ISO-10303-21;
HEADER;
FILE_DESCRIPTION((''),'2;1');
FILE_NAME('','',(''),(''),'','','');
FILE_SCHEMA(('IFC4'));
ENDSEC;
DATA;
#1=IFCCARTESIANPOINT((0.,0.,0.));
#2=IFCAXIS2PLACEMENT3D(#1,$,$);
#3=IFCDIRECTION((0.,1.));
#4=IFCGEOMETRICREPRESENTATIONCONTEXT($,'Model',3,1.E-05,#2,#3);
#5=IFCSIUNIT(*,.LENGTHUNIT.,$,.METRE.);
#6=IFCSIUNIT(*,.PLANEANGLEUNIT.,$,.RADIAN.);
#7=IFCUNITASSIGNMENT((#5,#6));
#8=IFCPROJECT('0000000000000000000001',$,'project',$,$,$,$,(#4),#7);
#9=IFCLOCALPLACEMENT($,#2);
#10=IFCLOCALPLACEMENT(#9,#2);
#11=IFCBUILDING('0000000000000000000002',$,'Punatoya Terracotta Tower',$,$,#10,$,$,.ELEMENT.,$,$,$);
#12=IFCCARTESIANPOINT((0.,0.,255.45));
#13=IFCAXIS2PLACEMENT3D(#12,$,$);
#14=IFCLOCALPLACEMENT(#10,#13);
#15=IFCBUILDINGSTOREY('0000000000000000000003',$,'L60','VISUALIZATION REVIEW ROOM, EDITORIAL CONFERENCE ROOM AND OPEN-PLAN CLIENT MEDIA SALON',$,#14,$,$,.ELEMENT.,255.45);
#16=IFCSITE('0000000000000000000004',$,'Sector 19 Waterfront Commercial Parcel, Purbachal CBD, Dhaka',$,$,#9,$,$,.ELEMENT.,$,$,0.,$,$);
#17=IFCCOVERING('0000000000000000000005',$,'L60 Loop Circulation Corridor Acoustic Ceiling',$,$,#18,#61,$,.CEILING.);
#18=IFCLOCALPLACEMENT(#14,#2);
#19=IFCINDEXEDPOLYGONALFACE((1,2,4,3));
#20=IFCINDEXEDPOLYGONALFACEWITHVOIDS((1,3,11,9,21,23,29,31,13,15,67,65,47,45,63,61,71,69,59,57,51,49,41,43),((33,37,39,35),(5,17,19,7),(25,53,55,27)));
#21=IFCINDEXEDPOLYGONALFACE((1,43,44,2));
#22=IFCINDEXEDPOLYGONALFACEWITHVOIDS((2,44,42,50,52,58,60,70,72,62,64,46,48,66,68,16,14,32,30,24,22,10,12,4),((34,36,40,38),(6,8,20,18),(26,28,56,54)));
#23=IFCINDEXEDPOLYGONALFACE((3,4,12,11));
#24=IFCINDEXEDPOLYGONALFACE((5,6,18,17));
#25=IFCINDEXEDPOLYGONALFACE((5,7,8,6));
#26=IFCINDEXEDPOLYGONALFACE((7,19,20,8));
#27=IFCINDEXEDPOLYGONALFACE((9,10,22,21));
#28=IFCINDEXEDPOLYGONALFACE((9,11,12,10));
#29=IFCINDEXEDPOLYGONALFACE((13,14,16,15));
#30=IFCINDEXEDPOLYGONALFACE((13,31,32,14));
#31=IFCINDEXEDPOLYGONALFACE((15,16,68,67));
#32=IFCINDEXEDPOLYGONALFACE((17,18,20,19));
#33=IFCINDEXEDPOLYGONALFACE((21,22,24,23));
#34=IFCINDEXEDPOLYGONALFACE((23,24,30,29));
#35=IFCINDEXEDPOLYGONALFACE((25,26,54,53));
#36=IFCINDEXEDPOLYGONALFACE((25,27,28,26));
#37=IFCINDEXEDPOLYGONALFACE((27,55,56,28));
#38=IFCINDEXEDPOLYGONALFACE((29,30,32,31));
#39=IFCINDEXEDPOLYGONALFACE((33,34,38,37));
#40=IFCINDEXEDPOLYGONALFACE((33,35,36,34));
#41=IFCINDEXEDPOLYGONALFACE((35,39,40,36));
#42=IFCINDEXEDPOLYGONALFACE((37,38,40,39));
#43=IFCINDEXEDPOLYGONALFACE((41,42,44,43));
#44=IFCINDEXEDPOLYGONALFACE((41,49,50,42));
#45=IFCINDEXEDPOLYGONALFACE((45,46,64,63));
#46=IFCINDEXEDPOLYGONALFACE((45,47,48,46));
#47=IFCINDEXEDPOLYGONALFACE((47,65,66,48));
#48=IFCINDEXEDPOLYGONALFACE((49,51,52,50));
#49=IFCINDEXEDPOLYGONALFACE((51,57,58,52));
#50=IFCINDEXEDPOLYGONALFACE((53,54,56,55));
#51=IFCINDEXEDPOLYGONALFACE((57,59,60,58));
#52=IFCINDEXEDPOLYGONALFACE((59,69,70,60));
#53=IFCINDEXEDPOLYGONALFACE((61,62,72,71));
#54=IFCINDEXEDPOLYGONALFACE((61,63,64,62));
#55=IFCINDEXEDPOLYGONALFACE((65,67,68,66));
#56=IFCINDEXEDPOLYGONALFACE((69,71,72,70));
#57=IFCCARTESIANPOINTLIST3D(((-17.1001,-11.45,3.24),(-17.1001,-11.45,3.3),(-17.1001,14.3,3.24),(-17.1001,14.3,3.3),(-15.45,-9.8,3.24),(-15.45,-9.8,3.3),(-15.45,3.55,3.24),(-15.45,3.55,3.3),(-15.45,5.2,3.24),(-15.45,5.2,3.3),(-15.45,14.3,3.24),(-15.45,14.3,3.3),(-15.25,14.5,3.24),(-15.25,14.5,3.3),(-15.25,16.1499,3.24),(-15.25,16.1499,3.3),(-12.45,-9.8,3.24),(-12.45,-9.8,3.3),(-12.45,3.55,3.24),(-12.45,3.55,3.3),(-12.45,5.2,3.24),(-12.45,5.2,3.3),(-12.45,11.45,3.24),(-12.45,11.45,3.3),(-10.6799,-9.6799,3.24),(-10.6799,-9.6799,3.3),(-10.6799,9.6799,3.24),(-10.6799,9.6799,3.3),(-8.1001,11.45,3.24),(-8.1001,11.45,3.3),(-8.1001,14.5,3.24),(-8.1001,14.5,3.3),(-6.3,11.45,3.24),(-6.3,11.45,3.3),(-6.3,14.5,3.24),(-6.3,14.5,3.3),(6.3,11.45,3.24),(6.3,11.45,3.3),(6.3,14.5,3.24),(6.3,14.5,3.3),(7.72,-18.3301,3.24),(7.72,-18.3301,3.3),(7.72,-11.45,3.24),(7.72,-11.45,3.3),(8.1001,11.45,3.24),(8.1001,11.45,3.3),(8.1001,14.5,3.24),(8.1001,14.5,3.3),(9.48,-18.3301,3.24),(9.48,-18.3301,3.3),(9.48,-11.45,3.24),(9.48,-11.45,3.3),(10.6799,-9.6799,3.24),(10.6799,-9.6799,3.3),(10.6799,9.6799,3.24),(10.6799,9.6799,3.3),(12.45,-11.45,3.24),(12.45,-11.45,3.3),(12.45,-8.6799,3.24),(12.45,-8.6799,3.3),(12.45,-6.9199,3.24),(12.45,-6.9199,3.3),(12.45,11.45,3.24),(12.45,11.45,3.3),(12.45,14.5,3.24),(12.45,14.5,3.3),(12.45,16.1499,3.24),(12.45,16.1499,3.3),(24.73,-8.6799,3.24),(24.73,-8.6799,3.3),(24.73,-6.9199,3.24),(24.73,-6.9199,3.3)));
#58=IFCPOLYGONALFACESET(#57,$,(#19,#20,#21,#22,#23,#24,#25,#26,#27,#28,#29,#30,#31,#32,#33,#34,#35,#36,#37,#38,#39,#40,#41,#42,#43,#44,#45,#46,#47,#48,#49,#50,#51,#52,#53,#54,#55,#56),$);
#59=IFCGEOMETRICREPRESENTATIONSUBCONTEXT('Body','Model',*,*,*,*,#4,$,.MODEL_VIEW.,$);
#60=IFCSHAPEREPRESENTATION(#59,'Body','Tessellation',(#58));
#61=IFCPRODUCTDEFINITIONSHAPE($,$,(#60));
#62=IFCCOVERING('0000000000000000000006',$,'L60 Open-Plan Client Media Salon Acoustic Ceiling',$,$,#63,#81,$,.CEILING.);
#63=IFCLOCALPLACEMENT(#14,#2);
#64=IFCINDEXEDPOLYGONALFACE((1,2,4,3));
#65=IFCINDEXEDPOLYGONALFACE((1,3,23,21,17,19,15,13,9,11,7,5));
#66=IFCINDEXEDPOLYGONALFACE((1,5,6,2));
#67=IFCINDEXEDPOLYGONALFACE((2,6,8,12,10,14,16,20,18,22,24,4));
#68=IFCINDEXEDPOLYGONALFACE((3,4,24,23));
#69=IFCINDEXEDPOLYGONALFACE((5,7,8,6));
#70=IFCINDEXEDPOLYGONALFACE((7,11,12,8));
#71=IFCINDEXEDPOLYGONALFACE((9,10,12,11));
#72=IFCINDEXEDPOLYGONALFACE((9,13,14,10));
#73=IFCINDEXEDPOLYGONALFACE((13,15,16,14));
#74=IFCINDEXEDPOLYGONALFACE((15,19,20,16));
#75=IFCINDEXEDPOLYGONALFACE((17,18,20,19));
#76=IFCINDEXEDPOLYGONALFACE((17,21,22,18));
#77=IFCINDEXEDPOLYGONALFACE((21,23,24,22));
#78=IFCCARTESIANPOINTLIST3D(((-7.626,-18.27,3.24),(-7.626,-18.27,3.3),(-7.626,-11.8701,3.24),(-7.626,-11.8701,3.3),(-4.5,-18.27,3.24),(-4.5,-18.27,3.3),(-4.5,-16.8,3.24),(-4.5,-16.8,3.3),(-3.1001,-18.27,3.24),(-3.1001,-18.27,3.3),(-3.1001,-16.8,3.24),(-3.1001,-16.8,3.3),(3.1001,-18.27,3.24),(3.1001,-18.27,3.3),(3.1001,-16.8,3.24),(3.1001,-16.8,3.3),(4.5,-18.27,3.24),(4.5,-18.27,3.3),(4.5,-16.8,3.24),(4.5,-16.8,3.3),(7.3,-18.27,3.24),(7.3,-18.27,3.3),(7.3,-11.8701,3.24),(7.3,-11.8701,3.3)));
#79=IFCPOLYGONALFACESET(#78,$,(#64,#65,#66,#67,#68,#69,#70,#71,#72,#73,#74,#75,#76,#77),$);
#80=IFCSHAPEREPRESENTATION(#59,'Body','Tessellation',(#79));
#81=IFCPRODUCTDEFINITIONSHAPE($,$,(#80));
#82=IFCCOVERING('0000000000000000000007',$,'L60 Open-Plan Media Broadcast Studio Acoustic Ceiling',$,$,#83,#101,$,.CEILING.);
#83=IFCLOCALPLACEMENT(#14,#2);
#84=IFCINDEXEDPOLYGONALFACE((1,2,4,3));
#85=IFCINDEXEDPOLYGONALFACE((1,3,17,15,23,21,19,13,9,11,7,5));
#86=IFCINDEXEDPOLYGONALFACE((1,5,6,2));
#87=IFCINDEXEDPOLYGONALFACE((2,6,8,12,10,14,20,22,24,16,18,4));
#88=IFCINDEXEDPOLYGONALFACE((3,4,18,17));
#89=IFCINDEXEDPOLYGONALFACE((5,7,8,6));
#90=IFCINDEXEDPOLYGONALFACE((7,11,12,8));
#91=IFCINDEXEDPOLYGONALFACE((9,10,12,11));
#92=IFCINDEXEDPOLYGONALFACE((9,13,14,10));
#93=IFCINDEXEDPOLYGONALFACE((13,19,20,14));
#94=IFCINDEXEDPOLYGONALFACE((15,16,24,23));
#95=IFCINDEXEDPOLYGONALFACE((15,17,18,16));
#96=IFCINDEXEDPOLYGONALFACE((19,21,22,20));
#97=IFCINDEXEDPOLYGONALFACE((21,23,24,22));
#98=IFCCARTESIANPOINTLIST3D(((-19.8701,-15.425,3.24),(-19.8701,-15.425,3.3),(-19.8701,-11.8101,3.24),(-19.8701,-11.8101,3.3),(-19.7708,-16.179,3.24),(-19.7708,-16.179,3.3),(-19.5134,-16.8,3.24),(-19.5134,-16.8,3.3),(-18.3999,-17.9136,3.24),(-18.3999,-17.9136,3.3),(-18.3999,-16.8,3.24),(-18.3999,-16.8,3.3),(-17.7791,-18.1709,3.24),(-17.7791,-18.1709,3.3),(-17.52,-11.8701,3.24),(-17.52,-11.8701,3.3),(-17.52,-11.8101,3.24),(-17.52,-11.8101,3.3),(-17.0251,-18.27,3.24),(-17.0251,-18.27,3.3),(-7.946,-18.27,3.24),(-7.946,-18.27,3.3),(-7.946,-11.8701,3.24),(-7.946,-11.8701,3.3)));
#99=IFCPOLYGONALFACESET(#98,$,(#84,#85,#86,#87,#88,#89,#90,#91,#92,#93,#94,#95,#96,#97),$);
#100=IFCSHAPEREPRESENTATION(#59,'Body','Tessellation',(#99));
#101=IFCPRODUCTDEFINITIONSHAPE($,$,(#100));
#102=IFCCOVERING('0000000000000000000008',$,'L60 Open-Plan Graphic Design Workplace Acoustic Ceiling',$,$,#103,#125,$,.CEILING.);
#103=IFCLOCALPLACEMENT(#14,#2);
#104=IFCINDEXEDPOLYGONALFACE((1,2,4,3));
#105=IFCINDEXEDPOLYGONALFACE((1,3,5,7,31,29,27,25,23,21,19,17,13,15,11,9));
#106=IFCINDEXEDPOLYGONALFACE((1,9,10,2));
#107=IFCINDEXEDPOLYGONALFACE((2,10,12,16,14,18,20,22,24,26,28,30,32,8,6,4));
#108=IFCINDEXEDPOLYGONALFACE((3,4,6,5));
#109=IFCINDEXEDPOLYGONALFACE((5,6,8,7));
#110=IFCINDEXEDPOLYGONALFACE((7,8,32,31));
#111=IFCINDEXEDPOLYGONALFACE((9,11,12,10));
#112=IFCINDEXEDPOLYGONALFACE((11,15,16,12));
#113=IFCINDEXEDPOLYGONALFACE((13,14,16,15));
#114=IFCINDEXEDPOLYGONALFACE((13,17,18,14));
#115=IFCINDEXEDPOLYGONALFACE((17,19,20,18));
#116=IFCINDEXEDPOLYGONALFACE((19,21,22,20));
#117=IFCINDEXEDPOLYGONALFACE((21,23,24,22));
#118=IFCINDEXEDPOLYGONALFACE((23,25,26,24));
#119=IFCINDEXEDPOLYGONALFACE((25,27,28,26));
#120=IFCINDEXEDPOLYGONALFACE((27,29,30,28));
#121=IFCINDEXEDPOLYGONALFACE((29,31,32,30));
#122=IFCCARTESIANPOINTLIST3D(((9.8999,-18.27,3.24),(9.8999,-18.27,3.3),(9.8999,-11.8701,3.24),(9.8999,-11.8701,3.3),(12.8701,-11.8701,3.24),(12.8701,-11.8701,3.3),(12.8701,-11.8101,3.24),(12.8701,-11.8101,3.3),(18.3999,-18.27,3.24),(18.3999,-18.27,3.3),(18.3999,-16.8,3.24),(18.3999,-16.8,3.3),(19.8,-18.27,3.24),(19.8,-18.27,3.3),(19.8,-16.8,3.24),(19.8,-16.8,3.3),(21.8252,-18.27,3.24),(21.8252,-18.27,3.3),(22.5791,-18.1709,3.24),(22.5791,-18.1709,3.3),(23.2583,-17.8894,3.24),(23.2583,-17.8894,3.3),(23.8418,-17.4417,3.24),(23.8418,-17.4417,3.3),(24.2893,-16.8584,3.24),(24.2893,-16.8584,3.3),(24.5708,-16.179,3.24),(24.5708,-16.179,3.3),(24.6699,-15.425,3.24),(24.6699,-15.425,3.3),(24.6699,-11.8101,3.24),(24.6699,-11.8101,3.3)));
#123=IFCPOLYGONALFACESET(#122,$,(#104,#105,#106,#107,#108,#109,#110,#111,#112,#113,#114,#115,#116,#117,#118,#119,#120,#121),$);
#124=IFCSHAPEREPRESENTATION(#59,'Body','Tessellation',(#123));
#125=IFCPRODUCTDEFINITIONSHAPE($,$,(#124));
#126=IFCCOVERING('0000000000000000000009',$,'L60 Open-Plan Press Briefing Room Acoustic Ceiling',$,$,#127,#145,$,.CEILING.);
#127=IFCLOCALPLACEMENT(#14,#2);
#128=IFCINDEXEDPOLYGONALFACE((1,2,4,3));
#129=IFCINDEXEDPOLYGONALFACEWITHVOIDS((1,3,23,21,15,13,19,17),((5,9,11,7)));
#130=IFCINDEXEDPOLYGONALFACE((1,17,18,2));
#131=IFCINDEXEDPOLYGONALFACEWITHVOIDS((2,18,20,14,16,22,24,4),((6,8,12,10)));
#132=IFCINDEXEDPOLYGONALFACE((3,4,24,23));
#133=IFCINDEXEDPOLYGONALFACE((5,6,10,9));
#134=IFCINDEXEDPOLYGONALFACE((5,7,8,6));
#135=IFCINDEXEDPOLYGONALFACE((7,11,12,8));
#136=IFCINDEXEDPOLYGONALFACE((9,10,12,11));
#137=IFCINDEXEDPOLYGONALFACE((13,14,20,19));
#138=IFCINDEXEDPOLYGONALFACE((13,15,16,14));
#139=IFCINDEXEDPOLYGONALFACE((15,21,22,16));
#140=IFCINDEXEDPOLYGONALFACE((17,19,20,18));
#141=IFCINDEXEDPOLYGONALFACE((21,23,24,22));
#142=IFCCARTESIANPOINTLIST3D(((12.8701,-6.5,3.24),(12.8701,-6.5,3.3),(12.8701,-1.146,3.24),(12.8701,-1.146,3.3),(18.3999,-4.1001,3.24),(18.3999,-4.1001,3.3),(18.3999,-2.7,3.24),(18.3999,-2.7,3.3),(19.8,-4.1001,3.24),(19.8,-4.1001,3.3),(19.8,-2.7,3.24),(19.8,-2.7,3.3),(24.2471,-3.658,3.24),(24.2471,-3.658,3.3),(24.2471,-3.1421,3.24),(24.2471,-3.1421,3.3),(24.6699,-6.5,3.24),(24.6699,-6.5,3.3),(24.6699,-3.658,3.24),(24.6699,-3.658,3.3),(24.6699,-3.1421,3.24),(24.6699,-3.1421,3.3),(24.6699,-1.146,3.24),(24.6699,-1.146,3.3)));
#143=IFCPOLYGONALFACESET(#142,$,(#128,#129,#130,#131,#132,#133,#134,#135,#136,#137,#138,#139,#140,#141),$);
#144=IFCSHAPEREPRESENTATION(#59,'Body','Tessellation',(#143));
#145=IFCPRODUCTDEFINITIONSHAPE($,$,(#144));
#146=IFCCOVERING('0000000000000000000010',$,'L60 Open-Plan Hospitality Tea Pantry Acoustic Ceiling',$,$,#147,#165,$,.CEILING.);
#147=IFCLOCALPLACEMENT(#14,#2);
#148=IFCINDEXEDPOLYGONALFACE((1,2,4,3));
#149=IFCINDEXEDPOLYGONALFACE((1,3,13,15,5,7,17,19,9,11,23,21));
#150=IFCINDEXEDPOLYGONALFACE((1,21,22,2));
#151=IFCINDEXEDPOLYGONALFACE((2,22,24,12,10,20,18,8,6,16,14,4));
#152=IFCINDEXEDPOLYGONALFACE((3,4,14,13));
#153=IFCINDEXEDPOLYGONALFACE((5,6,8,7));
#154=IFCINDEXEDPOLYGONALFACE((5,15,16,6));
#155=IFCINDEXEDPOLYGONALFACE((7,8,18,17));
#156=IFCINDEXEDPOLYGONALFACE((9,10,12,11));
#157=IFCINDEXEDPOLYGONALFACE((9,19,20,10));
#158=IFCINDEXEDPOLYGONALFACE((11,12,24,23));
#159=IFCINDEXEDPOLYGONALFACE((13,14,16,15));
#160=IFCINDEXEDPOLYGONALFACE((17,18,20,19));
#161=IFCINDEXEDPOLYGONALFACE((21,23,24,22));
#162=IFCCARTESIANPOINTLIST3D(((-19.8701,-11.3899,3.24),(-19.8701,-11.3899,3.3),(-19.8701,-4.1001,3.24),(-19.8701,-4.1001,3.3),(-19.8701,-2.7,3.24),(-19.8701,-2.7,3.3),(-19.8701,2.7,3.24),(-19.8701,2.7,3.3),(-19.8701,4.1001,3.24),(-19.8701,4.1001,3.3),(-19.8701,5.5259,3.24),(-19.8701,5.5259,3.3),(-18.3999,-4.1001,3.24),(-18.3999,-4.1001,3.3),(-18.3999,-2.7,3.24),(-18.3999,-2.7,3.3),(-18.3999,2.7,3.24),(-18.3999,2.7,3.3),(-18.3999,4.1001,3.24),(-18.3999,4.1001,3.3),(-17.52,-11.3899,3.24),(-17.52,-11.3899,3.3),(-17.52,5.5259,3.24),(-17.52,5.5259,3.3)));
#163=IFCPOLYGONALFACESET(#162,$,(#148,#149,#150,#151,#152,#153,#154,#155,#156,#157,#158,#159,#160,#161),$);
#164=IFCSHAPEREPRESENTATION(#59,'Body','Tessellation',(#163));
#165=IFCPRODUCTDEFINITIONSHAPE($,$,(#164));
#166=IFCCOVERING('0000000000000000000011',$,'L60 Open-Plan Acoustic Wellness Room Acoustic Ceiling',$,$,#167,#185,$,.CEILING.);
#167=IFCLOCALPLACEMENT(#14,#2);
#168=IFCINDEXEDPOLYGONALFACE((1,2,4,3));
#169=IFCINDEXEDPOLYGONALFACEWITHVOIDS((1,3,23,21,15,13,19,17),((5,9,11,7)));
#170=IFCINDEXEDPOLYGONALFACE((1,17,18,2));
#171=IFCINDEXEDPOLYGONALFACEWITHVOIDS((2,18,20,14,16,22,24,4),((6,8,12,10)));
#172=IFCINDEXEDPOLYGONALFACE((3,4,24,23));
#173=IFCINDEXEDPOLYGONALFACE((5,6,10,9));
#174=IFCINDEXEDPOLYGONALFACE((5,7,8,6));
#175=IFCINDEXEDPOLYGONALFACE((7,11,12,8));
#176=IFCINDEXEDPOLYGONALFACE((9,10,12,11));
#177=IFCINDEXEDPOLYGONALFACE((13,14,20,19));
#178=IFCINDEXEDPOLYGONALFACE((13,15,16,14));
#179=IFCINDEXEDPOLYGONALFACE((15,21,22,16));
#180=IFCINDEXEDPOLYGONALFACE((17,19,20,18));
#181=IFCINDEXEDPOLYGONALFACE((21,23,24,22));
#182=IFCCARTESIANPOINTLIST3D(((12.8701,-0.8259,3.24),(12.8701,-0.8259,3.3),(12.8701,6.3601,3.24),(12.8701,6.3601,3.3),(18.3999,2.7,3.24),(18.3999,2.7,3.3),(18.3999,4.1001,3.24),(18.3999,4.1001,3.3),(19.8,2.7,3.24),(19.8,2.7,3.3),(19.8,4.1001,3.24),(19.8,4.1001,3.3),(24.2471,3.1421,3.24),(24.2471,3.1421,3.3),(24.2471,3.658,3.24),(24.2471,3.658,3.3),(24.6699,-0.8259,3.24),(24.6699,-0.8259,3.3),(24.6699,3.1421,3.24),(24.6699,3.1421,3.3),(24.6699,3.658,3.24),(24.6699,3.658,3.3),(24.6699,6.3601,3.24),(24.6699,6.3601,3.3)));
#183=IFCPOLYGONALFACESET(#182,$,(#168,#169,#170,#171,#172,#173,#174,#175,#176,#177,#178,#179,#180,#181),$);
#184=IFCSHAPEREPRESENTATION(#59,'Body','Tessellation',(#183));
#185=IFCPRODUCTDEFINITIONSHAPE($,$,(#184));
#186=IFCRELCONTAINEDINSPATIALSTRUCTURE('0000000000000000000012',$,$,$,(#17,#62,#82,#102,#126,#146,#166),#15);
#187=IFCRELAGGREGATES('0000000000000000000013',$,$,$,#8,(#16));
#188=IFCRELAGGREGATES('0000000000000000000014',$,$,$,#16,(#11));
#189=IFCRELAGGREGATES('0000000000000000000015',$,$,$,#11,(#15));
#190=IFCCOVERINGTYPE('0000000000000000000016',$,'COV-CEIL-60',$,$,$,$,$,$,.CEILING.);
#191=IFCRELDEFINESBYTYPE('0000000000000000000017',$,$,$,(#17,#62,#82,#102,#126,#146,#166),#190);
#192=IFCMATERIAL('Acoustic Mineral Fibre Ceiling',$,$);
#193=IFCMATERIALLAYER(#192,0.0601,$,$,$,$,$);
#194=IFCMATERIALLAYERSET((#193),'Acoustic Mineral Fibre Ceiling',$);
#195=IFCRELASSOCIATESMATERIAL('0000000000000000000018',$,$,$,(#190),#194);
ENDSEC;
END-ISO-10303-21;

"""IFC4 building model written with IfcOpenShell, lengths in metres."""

from ifc_helpers import new_model, si_unit, direction, frame, origin, place, context, subcontext, project, spatial, polyline, outline, extrude, material, layer, layer_set, type_object, element, save


model = new_model("IFC4")

# Units and contexts
model_context = context("Model", 3, precision=1e-05, world=origin(), true_north=direction((0.0, 1.0)))
body_context = subcontext(model_context, "Body", "Model", "MODEL_VIEW")
ifc_project = project(units=[si_unit("LENGTHUNIT", "METRE"), si_unit("PLANEANGLEUNIT", "RADIAN")], contexts=[model_context])

# Site, building, storey
site_placement = place(None, origin())
site = spatial("IfcSite", under=ifc_project, at=site_placement, Name="Sector 19 Waterfront Commercial Parcel, Purbachal CBD, Dhaka", CompositionType="ELEMENT", RefElevation=0.0)
building_placement = place(site_placement, origin())
building = spatial("IfcBuilding", under=site, at=building_placement, Name="Punatoya Terracotta Tower", CompositionType="ELEMENT")
storey_placement = place(building_placement, frame((0.0, 0.0, 255.45)))
storey = spatial("IfcBuildingStorey", under=building, at=storey_placement, Name="L60", Description="VISUALIZATION REVIEW ROOM, EDITORIAL CONFERENCE ROOM AND OPEN-PLAN CLIENT MEDIA SALON", CompositionType="ELEMENT", Elevation=255.45)

# Coverings
ifc_material_1 = material(Name="Acoustic Mineral Fibre Ceiling")
ifc_layer_1 = layer(ifc_material_1, 0.0601)
ifc_layer_set_1 = layer_set([ifc_layer_1], Name="Acoustic Mineral Fibre Ceiling")
covering_type = type_object("IfcCoveringType", Name="COV-CEIL-60", PredefinedType="CEILING", material=ifc_layer_set_1)
covering_1_placement = place(storey_placement, frame((0.0, 0.0, 3.24)))
element("IfcCovering", 1, at=covering_1_placement, inside=storey, type_object=covering_type, Name="L60 Loop Circulation Corridor Acoustic Ceiling", PredefinedType="CEILING", context=body_context, shape_type="SweptSolid", body=[
    extrude(outline(polyline([(9.48, -11.45), (12.45, -11.45), (12.45, -8.6799), (24.73, -8.6799), (24.73, -6.9199), (12.45, -6.9199), (12.45, 11.45), (8.1001, 11.45), (8.1001, 14.5), (12.45, 14.5), (12.45, 16.1499), (-15.25, 16.1499), (-15.25, 14.5), (-8.1001, 14.5), (-8.1001, 11.45), (-12.45, 11.45), (-12.45, 5.2), (-15.45, 5.2), (-15.45, 14.3), (-17.1001, 14.3), (-17.1001, -11.45), (7.72, -11.45), (7.72, -18.3301), (9.48, -18.3301), (9.48, -11.45)]), holes=[polyline([(10.6799, 9.6799), (10.6799, -9.6799), (-10.6799, -9.6799), (-10.6799, 9.6799), (10.6799, 9.6799)]), polyline([(6.3, 14.5), (6.3, 11.45), (-6.3, 11.45), (-6.3, 14.5), (6.3, 14.5)]), polyline([(-12.45, 3.55), (-12.45, -9.8), (-15.45, -9.8), (-15.45, 3.55), (-12.45, 3.55)])]), origin(), (0.0, 0.0, 1.0), 0.0601),
])
covering_2_placement = place(storey_placement, frame((0.0, 0.0, 3.24)))
element("IfcCovering", 2, at=covering_2_placement, inside=storey, type_object=covering_type, Name="L60 Open-Plan Client Media Salon Acoustic Ceiling", PredefinedType="CEILING", context=body_context, shape_type="SweptSolid", body=[
    extrude(outline(polyline([(-4.5, -18.27), (-4.5, -16.8), (-3.1001, -16.8), (-3.1001, -18.27), (3.1001, -18.27), (3.1001, -16.8), (4.5, -16.8), (4.5, -18.27), (7.3, -18.27), (7.3, -11.8701), (-7.626, -11.8701), (-7.626, -18.27), (-4.5, -18.27)])), origin(), (0.0, 0.0, 1.0), 0.0601),
])
covering_3_placement = place(storey_placement, frame((0.0, 0.0, 3.24)))
element("IfcCovering", 3, at=covering_3_placement, inside=storey, type_object=covering_type, Name="L60 Open-Plan Media Broadcast Studio Acoustic Ceiling", PredefinedType="CEILING", context=body_context, shape_type="SweptSolid", body=[
    extrude(outline(polyline([(-17.52, -11.8701), (-17.52, -11.8101), (-19.8701, -11.8101), (-19.8701, -15.425), (-19.7708, -16.179), (-19.5134, -16.8), (-18.3999, -16.8), (-18.3999, -17.9136), (-17.7791, -18.1709), (-17.0251, -18.27), (-7.946, -18.27), (-7.946, -11.8701), (-17.52, -11.8701)])), origin(), (0.0, 0.0, 1.0), 0.0601),
])
covering_4_placement = place(storey_placement, frame((0.0, 0.0, 3.24)))
element("IfcCovering", 4, at=covering_4_placement, inside=storey, type_object=covering_type, Name="L60 Open-Plan Graphic Design Workplace Acoustic Ceiling", PredefinedType="CEILING", context=body_context, shape_type="SweptSolid", body=[
    extrude(outline(polyline([(12.8701, -11.8701), (9.8999, -11.8701), (9.8999, -18.27), (18.3999, -18.27), (18.3999, -16.8), (19.8, -16.8), (19.8, -18.27), (21.8252, -18.27), (22.5791, -18.1709), (23.2583, -17.8894), (23.8418, -17.4417), (24.2893, -16.8584), (24.5708, -16.179), (24.6699, -15.425), (24.6699, -11.8101), (12.8701, -11.8101), (12.8701, -11.8701)])), origin(), (0.0, 0.0, 1.0), 0.0601),
])
covering_5_placement = place(storey_placement, frame((0.0, 0.0, 3.24)))
element("IfcCovering", 5, at=covering_5_placement, inside=storey, type_object=covering_type, Name="L60 Open-Plan Press Briefing Room Acoustic Ceiling", PredefinedType="CEILING", context=body_context, shape_type="SweptSolid", body=[
    extrude(outline(polyline([(24.6699, -3.1421), (24.6699, -1.146), (12.8701, -1.146), (12.8701, -6.5), (24.6699, -6.5), (24.6699, -3.658), (24.2471, -3.658), (24.2471, -3.1421), (24.6699, -3.1421)]), holes=[polyline([(18.3999, -4.1001), (18.3999, -2.7), (19.8, -2.7), (19.8, -4.1001), (18.3999, -4.1001)])]), origin(), (0.0, 0.0, 1.0), 0.0601),
])
covering_6_placement = place(storey_placement, frame((0.0, 0.0, 3.24)))
element("IfcCovering", 6, at=covering_6_placement, inside=storey, type_object=covering_type, Name="L60 Open-Plan Hospitality Tea Pantry Acoustic Ceiling", PredefinedType="CEILING", context=body_context, shape_type="SweptSolid", body=[
    extrude(outline(polyline([(-19.8701, -4.1001), (-19.8701, -11.3899), (-17.52, -11.3899), (-17.52, 5.5259), (-19.8701, 5.5259), (-19.8701, 4.1001), (-18.3999, 4.1001), (-18.3999, 2.7), (-19.8701, 2.7), (-19.8701, -2.7), (-18.3999, -2.7), (-18.3999, -4.1001), (-19.8701, -4.1001)])), origin(), (0.0, 0.0, 1.0), 0.0601),
])
covering_7_placement = place(storey_placement, frame((0.0, 0.0, 3.24)))
element("IfcCovering", 7, at=covering_7_placement, inside=storey, type_object=covering_type, Name="L60 Open-Plan Acoustic Wellness Room Acoustic Ceiling", PredefinedType="CEILING", context=body_context, shape_type="SweptSolid", body=[
    extrude(outline(polyline([(24.6699, 3.658), (24.6699, 6.3601), (12.8701, 6.3601), (12.8701, -0.8259), (24.6699, -0.8259), (24.6699, 3.1421), (24.2471, 3.1421), (24.2471, 3.658), (24.6699, 3.658)]), holes=[polyline([(18.3999, 4.1001), (19.8, 4.1001), (19.8, 2.7), (18.3999, 2.7), (18.3999, 4.1001)])]), origin(), (0.0, 0.0, 1.0), 0.0601),
])

save(model, "model.ifc")
